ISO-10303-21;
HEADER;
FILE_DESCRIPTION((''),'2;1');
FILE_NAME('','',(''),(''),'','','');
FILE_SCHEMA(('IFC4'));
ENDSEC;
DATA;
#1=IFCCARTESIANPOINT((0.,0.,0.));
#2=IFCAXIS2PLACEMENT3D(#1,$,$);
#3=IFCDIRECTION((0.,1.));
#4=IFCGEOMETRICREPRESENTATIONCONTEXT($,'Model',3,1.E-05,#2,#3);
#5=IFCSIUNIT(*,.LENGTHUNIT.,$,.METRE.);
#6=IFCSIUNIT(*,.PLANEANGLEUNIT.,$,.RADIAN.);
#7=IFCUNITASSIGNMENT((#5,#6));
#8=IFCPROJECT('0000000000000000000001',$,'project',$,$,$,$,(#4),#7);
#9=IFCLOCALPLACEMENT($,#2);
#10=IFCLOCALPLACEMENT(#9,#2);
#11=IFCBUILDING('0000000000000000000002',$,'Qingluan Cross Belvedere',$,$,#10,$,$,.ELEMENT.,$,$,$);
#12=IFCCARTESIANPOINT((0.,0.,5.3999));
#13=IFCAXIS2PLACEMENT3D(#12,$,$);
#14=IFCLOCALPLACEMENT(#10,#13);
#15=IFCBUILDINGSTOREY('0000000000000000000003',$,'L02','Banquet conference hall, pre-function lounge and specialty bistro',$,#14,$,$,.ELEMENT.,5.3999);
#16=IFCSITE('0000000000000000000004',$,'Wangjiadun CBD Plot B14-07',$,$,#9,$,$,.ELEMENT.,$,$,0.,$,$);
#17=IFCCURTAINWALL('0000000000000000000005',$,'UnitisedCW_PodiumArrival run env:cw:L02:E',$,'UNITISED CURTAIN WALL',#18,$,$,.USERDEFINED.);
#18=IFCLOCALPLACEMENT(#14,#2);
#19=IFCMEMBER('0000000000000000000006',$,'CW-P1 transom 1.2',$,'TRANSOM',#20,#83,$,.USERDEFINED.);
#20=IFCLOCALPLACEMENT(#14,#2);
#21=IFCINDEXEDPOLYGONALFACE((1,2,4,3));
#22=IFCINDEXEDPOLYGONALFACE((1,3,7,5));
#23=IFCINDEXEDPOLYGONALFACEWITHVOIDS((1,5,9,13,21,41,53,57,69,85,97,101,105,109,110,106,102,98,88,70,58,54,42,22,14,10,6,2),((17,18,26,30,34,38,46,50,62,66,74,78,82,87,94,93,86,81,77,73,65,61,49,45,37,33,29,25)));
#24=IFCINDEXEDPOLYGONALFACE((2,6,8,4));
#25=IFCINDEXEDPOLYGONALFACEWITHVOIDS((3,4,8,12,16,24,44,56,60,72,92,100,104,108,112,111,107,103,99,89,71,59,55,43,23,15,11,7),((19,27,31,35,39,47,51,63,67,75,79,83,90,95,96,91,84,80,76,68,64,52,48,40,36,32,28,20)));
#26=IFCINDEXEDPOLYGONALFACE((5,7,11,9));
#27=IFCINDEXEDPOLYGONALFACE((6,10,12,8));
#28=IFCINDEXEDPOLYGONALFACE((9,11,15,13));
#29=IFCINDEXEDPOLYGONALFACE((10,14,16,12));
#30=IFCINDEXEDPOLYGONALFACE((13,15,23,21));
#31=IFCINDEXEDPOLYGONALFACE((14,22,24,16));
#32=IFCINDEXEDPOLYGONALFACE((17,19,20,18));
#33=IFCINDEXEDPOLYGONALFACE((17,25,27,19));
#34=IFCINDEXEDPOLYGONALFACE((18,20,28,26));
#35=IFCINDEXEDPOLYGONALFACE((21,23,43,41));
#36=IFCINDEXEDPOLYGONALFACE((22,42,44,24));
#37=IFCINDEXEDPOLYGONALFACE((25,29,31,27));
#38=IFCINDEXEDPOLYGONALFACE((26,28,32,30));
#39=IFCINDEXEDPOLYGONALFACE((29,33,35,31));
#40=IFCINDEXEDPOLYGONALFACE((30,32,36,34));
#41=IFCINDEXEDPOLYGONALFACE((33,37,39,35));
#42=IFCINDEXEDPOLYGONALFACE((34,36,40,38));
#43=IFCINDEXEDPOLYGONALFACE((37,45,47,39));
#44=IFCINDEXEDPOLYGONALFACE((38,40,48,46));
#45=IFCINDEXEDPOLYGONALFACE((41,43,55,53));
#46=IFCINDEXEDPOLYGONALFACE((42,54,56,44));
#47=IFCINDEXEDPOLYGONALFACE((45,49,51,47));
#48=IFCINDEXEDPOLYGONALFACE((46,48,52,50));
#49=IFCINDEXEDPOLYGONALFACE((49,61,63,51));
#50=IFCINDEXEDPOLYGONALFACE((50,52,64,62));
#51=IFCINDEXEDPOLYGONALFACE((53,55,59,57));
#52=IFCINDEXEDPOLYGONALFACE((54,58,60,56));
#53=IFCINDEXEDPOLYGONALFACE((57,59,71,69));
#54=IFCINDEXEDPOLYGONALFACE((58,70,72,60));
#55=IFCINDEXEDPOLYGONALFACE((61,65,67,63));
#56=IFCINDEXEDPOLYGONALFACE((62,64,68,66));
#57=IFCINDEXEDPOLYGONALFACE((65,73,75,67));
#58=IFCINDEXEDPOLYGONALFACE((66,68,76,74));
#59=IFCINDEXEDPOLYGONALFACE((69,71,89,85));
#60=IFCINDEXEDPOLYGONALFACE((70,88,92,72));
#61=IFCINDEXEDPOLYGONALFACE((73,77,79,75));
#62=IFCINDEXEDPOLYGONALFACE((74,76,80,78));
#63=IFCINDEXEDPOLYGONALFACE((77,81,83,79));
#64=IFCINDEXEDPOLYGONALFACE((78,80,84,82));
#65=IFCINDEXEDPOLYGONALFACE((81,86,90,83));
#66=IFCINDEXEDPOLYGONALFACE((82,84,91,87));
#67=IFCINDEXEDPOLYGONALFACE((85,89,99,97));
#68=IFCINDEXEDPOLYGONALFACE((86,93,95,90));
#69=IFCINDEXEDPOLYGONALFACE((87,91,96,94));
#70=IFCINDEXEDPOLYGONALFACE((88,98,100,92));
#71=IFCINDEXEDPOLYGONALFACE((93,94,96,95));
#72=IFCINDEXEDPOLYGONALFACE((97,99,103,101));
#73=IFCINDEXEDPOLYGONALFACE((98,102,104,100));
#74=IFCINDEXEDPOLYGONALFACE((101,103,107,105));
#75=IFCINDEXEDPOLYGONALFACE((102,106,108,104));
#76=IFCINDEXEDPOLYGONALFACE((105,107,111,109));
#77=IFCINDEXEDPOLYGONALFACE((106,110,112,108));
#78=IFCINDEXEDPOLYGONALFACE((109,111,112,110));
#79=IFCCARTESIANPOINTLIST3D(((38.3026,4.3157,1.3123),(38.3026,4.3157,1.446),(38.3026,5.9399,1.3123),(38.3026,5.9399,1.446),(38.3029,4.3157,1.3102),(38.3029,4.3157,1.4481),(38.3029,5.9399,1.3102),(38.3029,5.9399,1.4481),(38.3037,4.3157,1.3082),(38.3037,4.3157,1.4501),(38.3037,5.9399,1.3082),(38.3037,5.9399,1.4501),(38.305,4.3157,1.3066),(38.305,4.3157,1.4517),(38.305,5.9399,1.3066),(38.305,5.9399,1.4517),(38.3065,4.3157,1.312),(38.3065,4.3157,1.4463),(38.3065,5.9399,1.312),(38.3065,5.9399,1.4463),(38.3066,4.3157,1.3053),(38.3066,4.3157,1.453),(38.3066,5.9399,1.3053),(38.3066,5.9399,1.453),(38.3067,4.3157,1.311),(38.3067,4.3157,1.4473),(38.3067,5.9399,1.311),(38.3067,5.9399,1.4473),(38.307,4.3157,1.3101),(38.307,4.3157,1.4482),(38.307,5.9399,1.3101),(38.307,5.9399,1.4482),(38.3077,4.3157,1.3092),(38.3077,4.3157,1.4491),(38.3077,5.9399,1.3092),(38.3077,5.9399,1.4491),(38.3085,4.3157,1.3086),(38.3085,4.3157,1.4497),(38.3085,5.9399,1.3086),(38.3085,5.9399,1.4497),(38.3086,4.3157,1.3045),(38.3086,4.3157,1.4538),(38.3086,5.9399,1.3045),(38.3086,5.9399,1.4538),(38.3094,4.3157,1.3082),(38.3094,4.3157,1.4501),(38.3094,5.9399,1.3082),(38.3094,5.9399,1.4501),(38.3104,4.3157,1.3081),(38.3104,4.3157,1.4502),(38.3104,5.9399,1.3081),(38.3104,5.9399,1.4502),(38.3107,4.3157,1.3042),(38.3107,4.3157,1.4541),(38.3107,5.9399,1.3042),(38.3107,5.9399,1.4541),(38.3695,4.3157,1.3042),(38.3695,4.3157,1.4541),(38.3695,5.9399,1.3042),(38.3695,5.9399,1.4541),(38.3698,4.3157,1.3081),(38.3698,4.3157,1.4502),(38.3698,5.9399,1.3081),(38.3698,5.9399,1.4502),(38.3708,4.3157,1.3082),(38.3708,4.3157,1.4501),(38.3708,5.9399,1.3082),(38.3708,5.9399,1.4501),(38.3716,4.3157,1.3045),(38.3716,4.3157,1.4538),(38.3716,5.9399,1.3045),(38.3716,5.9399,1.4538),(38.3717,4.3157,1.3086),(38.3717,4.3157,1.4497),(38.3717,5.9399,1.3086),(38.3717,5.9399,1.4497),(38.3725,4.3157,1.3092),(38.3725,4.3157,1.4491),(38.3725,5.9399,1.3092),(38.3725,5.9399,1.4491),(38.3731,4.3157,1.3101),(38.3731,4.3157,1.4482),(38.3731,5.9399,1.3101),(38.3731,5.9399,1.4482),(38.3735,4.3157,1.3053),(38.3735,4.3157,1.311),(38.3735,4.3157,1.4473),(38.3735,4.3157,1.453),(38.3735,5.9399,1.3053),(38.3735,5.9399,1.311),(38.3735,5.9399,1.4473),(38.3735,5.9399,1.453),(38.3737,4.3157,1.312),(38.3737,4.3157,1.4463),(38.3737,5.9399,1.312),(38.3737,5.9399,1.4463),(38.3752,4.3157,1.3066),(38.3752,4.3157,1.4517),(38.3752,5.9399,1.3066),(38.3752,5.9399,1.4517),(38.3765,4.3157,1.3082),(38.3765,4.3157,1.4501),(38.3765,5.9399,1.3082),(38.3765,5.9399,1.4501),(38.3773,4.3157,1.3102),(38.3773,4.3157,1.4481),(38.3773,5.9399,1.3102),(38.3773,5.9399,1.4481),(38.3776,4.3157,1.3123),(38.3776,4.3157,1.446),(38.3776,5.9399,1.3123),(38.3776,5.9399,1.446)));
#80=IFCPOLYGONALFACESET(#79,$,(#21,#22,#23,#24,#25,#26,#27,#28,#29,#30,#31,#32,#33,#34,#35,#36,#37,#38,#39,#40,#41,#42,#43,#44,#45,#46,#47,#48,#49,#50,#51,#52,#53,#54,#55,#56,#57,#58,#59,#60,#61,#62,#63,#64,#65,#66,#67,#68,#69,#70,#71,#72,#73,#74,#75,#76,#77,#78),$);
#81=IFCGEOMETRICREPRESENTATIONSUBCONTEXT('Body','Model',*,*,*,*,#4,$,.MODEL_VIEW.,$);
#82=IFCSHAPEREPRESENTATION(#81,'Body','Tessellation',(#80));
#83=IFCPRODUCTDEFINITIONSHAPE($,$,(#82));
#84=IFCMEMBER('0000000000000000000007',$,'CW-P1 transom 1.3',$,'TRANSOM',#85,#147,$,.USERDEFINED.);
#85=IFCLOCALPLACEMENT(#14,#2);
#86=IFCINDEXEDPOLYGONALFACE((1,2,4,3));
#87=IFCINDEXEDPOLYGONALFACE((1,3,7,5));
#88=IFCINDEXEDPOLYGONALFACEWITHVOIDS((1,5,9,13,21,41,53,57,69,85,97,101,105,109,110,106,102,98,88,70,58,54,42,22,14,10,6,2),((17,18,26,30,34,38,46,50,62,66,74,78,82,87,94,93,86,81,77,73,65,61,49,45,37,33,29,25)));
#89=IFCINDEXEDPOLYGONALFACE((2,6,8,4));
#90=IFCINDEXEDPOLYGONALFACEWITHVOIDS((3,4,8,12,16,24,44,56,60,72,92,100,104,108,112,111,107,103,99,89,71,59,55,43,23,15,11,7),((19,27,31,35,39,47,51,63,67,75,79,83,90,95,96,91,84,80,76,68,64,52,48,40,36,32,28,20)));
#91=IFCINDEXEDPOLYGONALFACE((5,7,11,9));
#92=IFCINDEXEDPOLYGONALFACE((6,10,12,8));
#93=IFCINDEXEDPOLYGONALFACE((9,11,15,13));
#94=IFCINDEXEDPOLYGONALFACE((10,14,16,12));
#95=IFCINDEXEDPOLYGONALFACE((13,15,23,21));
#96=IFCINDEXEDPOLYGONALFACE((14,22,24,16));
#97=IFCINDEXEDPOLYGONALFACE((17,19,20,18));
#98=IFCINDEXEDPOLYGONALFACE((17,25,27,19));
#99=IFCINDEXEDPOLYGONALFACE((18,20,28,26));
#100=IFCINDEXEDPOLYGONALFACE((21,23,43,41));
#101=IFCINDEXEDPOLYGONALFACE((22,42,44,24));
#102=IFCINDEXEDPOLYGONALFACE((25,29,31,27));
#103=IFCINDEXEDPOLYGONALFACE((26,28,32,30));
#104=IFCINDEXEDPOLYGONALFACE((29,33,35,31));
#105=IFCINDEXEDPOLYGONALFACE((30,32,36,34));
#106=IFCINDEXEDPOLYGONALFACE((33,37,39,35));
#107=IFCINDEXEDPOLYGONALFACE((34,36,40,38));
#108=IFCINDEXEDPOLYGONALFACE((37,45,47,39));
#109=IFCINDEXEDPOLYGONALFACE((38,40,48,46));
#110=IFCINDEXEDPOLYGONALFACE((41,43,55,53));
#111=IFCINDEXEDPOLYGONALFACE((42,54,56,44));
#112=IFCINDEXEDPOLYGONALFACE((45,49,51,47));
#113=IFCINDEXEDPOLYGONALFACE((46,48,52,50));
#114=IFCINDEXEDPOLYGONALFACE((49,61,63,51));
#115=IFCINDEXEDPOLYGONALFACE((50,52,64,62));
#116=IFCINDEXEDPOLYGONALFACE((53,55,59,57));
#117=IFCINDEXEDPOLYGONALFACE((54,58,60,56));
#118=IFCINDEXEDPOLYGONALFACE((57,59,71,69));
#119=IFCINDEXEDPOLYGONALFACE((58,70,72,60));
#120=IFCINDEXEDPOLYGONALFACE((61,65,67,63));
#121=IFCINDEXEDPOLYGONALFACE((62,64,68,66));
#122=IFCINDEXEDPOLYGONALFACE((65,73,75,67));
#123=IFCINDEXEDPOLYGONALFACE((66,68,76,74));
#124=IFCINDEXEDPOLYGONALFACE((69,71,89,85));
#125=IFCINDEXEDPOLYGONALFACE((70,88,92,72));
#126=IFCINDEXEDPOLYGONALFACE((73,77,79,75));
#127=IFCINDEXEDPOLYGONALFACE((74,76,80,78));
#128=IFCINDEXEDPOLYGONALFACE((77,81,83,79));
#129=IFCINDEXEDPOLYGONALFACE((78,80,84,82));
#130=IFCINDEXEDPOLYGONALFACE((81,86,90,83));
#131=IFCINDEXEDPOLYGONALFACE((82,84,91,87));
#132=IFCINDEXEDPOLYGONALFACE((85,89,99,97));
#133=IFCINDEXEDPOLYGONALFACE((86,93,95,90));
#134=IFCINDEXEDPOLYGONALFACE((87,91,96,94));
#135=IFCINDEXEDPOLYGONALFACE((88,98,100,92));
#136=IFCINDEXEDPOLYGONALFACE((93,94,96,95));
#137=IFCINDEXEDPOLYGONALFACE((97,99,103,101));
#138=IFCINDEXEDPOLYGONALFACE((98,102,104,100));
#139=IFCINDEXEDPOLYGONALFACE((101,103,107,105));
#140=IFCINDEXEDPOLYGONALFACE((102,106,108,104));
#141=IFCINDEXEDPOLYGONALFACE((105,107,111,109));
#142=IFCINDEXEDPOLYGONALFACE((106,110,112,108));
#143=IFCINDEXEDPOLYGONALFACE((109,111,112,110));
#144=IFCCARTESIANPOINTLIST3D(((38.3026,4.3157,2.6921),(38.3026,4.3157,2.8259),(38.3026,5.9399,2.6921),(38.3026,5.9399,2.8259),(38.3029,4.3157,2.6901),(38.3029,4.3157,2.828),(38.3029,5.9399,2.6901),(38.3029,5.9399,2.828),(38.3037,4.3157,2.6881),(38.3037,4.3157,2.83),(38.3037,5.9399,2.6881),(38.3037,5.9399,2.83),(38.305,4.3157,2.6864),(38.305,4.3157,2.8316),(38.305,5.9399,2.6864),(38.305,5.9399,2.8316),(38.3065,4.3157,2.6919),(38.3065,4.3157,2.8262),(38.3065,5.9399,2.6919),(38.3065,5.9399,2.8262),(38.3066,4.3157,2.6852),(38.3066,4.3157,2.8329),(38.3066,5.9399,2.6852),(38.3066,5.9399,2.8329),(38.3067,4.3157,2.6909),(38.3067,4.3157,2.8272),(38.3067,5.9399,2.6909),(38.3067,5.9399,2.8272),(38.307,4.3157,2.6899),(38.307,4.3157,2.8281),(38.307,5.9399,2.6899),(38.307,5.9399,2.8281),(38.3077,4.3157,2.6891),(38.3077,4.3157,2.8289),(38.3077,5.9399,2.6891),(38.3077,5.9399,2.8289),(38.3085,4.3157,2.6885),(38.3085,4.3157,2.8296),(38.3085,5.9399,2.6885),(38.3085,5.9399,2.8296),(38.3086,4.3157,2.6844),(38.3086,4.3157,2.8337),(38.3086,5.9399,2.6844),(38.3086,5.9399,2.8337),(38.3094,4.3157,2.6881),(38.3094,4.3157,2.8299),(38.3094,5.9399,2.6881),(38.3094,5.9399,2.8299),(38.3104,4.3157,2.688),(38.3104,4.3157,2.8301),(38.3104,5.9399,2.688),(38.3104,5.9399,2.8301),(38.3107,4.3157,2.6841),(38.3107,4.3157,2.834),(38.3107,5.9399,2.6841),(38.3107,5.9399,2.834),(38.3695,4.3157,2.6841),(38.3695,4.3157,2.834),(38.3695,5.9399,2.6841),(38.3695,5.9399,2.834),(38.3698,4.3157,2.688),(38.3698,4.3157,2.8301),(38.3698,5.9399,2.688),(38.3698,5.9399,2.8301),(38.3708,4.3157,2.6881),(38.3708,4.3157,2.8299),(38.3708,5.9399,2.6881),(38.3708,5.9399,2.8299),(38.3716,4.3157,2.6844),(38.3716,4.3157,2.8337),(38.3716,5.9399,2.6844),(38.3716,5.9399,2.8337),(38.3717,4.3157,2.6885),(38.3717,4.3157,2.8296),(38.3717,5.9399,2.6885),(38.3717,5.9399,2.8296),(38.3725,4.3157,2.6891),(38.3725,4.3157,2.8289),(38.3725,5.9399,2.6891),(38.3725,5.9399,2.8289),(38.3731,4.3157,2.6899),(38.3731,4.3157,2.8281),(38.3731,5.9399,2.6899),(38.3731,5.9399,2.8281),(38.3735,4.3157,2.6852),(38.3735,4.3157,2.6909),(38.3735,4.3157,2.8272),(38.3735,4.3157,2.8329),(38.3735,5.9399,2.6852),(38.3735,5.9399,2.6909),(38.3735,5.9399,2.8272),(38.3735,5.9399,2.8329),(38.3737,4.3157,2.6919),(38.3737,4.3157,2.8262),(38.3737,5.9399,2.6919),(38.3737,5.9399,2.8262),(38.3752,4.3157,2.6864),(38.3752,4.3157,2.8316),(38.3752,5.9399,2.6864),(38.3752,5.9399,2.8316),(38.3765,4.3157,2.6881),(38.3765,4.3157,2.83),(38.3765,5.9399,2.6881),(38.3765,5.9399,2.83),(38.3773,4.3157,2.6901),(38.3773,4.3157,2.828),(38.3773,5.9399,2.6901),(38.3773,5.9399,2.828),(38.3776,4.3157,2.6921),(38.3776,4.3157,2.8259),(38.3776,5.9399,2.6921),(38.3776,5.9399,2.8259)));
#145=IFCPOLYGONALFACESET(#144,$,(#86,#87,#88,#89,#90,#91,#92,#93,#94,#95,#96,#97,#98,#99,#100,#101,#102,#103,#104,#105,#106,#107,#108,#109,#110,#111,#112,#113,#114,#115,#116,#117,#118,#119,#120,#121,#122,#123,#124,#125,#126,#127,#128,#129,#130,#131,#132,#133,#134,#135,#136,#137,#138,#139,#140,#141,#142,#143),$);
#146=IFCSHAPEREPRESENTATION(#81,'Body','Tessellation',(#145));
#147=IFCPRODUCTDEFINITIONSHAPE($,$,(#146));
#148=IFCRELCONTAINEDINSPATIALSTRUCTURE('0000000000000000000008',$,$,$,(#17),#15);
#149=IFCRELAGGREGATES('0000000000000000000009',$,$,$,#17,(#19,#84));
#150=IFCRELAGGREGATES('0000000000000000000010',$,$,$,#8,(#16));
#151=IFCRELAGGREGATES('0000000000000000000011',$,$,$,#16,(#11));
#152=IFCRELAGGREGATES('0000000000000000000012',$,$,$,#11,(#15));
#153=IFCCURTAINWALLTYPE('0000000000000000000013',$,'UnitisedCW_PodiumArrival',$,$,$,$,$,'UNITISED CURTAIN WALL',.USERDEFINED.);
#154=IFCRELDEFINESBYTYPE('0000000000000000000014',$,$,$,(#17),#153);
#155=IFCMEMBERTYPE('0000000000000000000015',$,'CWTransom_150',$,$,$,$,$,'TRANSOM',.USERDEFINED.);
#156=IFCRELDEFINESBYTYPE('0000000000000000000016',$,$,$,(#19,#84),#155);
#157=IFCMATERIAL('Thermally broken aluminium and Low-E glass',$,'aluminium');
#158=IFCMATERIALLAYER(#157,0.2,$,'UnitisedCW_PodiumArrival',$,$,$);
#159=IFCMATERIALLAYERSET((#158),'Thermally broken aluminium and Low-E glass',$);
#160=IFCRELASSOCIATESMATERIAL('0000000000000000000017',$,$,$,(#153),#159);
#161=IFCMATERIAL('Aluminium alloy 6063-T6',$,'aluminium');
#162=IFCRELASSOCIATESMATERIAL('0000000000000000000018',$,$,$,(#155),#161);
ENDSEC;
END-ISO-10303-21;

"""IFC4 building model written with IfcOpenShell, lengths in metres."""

from ifc_helpers import new_model, si_unit, direction, frame, origin, origin_2d, place, context, subcontext, project, spatial, hollow_rectangle, extrude, material, layer, layer_set, material_profile, profile_set, type_object, element, aggregate, save


model = new_model("IFC4")

# Units and contexts
model_context = context("Model", 3, precision=1e-05, world=origin(), true_north=direction((0.0, 1.0)))
body_context = subcontext(model_context, "Body", "Model", "MODEL_VIEW")
ifc_project = project(units=[si_unit("LENGTHUNIT", "METRE"), si_unit("PLANEANGLEUNIT", "RADIAN")], contexts=[model_context])

# Site, building, storey
site_placement = place(None, origin())
site = spatial("IfcSite", under=ifc_project, at=site_placement, Name="Wangjiadun CBD Plot B14-07", CompositionType="ELEMENT", RefElevation=0.0)
building_placement = place(site_placement, origin())
building = spatial("IfcBuilding", under=site, at=building_placement, Name="Qingluan Cross Belvedere", CompositionType="ELEMENT")
storey_placement = place(building_placement, frame((0.0, 0.0, 5.3999)))
storey = spatial("IfcBuildingStorey", under=building, at=storey_placement, Name="L02", Description="Banquet conference hall, pre-function lounge and specialty bistro", CompositionType="ELEMENT", Elevation=5.3999)

# Curtain wall, members
ifc_material_1 = material(Name="Thermally broken aluminium and Low-E glass", Category="aluminium")
ifc_layer_1 = layer(ifc_material_1, 0.2, Name="UnitisedCW_PodiumArrival")
ifc_layer_set_1 = layer_set([ifc_layer_1], Name="Thermally broken aluminium and Low-E glass")
curtain_wall_type = type_object("IfcCurtainWallType", Name="UnitisedCW_PodiumArrival", ElementType="UNITISED CURTAIN WALL", PredefinedType="USERDEFINED", material=ifc_layer_set_1)
curtain_wall_placement = place(storey_placement, origin())
curtain_wall = element("IfcCurtainWall", 1, at=curtain_wall_placement, inside=storey, type_object=curtain_wall_type, Name="UnitisedCW_PodiumArrival run env:cw:L02:E", ObjectType="UNITISED CURTAIN WALL", PredefinedType="USERDEFINED")
ifc_material_2 = material(Name="Aluminium alloy 6063-T6", Category="aluminium")
ifc_material_profile_1 = material_profile(ifc_material_2, hollow_rectangle(XDim=0.075, YDim=0.1499, WallThickness=0.0039, InnerFilletRadius=0.0039, OuterFilletRadius=0.0081, at=origin_2d()), Name="CWT150x75x4")
ifc_profile_set_1 = profile_set([ifc_material_profile_1], Name="Aluminium alloy 6063-T6")
member_type_1 = type_object("IfcMemberType", Name="CWTransom_150", ElementType="TRANSOM", PredefinedType="USERDEFINED", material=ifc_profile_set_1)
member_1_placement = place(storey_placement, frame((38.3401, 5.9399, 1.3792), z_axis=(0.0, -1.0, 0.0), x_axis=(1.0, 0.0, 0.0)))
member_1 = element("IfcMember", 2, at=member_1_placement, type_object=member_type_1, Name="CW-P1 transom 1.2", ObjectType="TRANSOM", PredefinedType="USERDEFINED", context=body_context, shape_type="SweptSolid", body=[
    extrude(hollow_rectangle(XDim=0.075, YDim=0.1499, WallThickness=0.0039, InnerFilletRadius=0.0039, OuterFilletRadius=0.0081, at=origin_2d()), origin(), (0.0, 0.0, 1.0), 1.6243),
])
member_2_placement = place(storey_placement, frame((38.3401, 5.9399, 2.759), z_axis=(0.0, -1.0, 0.0), x_axis=(1.0, 0.0, 0.0)))
member_2 = element("IfcMember", 3, at=member_2_placement, type_object=member_type_1, Name="CW-P1 transom 1.3", ObjectType="TRANSOM", PredefinedType="USERDEFINED", context=body_context, shape_type="SweptSolid", body=[
    extrude(hollow_rectangle(XDim=0.075, YDim=0.1499, WallThickness=0.0039, InnerFilletRadius=0.0039, OuterFilletRadius=0.0081, at=origin_2d()), origin(), (0.0, 0.0, 1.0), 1.6243),
])
aggregate(curtain_wall, [member_1, member_2])

save(model, "model.ifc")
